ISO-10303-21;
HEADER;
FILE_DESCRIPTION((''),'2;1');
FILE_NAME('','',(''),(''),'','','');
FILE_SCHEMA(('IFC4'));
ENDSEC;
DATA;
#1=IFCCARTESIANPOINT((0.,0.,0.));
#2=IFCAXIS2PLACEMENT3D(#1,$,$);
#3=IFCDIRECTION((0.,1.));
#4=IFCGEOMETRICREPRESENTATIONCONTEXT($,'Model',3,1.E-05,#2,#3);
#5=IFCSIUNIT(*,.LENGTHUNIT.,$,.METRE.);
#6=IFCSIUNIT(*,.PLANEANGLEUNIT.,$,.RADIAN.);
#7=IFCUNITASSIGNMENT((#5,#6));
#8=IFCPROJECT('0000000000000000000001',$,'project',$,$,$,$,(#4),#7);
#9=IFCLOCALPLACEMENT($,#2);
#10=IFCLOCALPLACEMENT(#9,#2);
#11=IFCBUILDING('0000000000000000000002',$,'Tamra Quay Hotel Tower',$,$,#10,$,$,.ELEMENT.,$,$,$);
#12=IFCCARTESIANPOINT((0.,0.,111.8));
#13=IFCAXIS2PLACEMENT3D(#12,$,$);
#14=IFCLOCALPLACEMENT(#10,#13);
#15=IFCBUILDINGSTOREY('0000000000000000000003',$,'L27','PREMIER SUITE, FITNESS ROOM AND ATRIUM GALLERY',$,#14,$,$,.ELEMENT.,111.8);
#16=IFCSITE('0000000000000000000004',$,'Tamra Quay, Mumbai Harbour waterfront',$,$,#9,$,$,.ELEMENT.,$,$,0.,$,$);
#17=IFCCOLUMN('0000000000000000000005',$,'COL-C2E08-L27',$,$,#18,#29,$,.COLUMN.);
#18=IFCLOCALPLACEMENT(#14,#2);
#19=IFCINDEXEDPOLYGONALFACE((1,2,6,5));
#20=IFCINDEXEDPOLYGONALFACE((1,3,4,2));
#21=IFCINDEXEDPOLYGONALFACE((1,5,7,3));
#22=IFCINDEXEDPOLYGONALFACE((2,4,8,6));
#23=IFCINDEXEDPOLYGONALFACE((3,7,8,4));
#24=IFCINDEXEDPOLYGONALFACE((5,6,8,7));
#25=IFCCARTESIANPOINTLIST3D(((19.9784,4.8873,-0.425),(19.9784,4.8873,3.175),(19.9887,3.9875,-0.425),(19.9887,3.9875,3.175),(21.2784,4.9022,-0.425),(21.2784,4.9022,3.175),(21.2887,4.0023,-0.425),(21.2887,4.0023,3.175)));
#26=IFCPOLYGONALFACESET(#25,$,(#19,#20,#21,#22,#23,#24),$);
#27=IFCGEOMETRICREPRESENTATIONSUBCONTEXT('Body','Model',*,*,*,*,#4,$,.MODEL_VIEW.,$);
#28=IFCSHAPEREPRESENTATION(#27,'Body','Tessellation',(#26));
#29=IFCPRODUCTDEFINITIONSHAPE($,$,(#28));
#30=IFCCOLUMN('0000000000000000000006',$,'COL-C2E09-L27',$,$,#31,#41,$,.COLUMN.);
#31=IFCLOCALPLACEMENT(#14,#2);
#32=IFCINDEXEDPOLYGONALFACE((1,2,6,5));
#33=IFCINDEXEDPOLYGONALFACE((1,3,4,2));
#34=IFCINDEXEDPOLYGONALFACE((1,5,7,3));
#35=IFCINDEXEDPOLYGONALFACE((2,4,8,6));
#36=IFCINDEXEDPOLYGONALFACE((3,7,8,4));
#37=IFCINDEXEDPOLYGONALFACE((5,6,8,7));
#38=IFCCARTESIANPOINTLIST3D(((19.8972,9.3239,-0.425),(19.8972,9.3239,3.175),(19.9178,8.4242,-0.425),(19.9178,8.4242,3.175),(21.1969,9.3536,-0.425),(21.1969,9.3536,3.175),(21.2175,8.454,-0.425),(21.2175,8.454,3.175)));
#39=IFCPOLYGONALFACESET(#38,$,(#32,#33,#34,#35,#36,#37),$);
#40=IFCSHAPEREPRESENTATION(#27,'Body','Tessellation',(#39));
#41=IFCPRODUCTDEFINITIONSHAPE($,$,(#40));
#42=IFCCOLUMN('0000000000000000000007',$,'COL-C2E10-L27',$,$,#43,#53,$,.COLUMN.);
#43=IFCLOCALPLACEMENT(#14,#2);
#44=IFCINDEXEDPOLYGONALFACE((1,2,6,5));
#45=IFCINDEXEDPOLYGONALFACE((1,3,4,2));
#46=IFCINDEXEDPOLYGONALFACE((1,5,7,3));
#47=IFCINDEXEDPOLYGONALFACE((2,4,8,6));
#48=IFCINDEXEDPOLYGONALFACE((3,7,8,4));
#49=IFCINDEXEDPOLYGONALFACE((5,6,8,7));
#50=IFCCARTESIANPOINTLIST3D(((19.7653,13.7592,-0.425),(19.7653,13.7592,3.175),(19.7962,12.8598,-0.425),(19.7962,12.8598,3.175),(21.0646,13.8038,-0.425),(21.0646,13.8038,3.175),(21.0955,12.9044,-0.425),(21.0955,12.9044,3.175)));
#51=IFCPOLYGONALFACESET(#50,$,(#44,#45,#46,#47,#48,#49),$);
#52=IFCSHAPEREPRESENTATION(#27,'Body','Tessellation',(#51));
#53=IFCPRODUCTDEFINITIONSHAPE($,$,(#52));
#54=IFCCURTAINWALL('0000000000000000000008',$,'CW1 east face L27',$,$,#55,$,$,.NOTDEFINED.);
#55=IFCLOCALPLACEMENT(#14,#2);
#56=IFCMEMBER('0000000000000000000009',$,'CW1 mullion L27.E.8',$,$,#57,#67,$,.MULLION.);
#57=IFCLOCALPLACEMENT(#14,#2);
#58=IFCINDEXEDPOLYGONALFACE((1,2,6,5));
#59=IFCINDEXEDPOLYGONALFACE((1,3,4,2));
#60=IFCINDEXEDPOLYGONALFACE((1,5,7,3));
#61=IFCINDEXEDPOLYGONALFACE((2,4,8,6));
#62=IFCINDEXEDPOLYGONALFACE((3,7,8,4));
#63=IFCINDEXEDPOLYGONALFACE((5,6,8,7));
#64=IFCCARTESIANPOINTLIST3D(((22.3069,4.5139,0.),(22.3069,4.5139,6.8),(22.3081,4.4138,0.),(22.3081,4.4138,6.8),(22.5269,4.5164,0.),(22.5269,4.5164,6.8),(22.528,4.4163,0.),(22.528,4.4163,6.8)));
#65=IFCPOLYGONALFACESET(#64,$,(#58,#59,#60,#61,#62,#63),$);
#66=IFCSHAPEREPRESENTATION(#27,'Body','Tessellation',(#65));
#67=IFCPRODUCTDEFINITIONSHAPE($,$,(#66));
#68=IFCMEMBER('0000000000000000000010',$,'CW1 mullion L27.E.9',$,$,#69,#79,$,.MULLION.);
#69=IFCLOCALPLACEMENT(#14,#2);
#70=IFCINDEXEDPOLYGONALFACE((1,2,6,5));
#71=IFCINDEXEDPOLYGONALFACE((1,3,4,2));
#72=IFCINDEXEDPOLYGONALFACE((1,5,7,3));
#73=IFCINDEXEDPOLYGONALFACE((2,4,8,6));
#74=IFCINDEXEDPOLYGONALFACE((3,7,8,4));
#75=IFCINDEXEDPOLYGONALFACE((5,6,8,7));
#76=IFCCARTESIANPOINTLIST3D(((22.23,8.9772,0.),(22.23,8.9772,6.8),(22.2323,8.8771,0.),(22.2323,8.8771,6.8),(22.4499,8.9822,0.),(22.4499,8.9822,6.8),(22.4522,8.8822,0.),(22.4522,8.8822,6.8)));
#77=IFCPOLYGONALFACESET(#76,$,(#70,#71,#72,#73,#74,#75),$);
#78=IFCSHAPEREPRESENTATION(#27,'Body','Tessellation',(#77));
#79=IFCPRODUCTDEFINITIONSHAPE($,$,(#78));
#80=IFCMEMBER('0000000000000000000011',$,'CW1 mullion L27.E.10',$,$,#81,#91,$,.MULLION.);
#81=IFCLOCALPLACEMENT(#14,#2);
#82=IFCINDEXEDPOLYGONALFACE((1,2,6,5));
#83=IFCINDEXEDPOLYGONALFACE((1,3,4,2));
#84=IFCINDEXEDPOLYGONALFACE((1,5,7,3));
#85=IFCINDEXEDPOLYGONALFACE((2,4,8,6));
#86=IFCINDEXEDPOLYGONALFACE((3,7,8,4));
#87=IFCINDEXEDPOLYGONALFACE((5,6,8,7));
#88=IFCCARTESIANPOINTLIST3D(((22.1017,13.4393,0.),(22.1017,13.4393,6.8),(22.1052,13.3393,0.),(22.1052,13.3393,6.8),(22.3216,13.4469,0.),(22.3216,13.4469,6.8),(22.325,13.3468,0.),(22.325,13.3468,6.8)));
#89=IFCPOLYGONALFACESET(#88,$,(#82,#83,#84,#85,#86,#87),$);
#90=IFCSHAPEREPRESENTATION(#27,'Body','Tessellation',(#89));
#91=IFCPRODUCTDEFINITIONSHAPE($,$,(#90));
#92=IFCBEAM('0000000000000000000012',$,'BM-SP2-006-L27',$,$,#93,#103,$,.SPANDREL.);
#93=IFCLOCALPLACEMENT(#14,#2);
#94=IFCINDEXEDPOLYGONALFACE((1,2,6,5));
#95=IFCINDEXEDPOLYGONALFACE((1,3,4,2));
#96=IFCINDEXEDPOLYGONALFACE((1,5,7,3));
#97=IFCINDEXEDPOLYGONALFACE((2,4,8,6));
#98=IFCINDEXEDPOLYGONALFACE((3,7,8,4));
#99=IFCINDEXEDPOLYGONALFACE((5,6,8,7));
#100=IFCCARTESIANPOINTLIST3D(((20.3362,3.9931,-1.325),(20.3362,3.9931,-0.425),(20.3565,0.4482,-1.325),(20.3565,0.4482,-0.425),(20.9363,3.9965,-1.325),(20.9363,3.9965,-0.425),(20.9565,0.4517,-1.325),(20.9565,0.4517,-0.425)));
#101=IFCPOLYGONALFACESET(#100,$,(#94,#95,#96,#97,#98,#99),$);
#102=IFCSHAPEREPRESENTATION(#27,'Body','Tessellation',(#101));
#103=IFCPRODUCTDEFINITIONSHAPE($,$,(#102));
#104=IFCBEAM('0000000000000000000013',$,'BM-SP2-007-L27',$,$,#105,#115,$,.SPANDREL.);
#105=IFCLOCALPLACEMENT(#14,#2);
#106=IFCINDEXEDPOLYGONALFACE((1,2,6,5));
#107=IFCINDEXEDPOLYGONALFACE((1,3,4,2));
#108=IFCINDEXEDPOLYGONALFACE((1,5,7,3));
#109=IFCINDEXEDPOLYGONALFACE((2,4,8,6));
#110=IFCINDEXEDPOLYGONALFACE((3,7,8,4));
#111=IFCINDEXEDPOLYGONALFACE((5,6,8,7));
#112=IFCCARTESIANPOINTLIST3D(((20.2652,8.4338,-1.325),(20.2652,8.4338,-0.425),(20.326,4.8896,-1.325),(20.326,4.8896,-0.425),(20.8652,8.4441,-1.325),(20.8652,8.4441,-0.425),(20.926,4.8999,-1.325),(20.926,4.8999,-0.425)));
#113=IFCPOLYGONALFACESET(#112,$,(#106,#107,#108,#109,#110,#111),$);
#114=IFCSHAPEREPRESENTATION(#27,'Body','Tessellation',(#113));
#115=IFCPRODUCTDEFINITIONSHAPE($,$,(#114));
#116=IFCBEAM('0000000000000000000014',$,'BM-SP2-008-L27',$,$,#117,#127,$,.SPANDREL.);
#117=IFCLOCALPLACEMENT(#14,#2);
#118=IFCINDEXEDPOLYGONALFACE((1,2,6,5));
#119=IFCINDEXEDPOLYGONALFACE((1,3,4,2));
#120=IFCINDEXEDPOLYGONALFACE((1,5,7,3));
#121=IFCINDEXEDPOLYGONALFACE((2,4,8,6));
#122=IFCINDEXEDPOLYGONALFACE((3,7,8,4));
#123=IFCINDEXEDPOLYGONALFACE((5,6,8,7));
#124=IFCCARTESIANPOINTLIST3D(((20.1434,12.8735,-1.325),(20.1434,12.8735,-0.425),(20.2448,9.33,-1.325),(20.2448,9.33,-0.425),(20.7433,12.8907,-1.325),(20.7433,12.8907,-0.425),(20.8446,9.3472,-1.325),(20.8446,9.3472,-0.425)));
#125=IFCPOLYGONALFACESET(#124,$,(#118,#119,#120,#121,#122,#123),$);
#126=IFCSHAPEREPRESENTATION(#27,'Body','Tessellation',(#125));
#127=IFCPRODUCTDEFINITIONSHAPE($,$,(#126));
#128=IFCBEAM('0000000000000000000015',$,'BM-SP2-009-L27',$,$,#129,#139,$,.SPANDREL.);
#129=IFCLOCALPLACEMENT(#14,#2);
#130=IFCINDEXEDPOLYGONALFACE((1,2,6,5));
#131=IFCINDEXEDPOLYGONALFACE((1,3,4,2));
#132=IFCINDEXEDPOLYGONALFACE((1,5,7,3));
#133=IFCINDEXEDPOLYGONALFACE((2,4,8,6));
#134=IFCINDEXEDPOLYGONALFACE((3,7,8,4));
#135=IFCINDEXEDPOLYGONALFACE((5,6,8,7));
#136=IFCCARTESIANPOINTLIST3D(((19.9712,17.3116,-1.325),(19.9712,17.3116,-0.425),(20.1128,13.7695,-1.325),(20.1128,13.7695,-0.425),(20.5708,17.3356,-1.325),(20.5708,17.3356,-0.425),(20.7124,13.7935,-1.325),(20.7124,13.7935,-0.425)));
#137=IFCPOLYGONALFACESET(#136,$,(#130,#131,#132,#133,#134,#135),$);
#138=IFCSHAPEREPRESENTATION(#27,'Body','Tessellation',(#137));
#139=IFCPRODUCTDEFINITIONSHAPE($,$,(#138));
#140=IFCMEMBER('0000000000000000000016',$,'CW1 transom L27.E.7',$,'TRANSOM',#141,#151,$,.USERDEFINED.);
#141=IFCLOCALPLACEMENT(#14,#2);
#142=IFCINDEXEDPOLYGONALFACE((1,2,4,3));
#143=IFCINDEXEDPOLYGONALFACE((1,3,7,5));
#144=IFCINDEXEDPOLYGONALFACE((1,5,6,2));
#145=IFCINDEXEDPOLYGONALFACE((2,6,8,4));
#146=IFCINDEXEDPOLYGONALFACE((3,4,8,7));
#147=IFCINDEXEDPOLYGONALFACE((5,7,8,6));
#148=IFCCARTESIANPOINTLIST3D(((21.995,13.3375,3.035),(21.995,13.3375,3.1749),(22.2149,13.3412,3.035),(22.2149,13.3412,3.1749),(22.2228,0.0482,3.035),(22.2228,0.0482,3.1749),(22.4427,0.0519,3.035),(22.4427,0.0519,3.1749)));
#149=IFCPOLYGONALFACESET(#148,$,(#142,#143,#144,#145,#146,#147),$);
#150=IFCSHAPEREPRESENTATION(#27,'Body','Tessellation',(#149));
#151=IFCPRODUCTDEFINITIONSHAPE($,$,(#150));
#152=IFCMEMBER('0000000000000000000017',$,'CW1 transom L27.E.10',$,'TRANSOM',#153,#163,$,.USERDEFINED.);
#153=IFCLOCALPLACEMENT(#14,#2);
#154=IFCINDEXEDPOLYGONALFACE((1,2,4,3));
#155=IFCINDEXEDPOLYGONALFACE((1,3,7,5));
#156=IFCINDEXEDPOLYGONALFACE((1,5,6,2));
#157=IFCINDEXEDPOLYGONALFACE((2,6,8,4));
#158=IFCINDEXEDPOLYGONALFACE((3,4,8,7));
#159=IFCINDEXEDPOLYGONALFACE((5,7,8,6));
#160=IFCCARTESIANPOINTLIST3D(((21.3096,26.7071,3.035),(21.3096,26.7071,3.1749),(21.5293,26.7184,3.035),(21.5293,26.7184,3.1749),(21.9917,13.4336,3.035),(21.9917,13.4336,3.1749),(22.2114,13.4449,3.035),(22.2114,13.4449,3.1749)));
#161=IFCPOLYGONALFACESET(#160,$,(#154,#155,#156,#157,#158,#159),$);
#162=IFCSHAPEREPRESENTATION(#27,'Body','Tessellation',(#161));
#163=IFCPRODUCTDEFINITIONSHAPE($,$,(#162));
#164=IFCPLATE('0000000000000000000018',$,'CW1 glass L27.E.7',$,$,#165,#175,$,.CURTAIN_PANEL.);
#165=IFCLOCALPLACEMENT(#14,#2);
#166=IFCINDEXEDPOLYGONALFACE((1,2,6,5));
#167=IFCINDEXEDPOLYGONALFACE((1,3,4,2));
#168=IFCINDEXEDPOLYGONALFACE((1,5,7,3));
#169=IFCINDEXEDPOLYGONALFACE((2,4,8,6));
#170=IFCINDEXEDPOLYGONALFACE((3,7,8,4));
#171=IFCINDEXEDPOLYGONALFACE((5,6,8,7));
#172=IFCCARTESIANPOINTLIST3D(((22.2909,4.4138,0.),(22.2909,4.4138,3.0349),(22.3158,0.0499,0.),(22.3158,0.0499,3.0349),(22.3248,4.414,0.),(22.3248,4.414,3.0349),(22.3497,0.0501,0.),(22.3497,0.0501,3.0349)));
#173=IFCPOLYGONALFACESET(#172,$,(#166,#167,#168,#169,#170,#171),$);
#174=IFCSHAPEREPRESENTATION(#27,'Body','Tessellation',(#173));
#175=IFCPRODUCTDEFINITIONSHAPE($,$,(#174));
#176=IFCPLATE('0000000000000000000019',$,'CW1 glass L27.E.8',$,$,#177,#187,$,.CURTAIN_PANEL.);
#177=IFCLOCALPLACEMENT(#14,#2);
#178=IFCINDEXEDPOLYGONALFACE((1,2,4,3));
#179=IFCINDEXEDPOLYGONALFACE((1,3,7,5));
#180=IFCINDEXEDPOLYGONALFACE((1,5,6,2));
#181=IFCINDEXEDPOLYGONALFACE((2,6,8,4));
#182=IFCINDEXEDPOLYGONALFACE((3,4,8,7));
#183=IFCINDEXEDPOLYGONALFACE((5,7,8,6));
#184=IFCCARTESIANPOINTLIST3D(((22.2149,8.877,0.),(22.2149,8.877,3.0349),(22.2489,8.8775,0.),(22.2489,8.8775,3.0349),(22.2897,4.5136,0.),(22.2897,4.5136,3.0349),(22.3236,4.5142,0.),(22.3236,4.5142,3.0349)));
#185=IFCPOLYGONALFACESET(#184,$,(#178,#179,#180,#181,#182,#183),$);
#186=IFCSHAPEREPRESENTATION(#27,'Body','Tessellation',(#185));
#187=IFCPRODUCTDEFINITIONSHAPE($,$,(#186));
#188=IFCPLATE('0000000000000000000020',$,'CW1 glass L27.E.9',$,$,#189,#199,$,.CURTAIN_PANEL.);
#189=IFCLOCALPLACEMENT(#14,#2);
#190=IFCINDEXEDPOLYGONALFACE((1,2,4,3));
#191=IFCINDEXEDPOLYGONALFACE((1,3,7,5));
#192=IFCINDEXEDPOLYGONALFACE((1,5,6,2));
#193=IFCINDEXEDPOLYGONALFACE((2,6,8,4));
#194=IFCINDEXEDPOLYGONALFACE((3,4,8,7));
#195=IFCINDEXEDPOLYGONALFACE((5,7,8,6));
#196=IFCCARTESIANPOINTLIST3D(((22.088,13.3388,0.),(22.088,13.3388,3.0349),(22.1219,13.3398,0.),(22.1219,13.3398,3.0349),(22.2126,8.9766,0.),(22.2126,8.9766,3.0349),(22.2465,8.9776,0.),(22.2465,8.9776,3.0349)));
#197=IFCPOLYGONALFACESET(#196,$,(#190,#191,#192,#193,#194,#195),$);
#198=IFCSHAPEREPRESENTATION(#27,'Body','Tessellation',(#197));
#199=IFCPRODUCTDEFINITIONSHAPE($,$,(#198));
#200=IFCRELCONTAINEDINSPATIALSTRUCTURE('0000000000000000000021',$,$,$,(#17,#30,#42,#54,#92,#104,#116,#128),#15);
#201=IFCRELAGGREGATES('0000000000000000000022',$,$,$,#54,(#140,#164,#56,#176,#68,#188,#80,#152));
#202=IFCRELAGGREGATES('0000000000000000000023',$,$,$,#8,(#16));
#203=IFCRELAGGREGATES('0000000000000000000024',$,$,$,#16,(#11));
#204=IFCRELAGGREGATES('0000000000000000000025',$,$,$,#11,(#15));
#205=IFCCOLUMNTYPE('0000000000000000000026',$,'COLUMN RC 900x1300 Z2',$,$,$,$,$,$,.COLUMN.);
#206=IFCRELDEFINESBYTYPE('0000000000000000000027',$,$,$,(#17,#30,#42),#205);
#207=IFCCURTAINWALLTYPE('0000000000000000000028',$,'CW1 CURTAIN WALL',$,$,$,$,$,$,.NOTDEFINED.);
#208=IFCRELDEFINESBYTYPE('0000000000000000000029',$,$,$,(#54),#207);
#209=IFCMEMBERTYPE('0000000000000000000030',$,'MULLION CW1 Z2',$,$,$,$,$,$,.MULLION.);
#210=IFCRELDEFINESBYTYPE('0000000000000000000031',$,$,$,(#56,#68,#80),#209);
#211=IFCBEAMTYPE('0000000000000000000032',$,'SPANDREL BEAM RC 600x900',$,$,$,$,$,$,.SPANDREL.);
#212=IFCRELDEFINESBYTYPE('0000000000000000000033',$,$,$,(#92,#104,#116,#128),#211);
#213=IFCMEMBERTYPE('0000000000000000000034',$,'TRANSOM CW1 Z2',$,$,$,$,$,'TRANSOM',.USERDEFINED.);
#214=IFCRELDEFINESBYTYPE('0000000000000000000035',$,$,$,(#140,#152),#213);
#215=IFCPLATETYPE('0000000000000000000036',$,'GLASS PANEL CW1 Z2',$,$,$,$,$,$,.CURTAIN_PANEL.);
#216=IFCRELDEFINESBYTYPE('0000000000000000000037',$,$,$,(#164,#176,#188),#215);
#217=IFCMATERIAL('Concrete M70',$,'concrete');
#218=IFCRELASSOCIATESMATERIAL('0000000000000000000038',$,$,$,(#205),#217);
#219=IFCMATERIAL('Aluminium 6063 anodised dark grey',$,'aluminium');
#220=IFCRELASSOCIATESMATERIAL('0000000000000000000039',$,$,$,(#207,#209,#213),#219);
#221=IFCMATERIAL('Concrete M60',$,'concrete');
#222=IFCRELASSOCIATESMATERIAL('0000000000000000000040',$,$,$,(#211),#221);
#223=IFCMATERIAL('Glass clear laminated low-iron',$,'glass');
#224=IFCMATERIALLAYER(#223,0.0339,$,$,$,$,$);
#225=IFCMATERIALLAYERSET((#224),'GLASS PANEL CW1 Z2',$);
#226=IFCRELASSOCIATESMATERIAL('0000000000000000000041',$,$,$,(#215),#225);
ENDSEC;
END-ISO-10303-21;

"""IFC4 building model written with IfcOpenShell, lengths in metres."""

from ifc_helpers import new_model, si_unit, direction, frame, origin, origin_2d, place, context, subcontext, project, spatial, rectangle, extrude, material, layer, layer_set, material_profile, profile_set, type_object, element, aggregate, save


model = new_model("IFC4")

# Units and contexts
model_context = context("Model", 3, precision=1e-05, world=origin(), true_north=direction((0.0, 1.0)))
body_context = subcontext(model_context, "Body", "Model", "MODEL_VIEW")
ifc_project = project(units=[si_unit("LENGTHUNIT", "METRE"), si_unit("PLANEANGLEUNIT", "RADIAN")], contexts=[model_context])

# Site, building, storey
site_placement = place(None, origin())
site = spatial("IfcSite", under=ifc_project, at=site_placement, Name="Tamra Quay, Mumbai Harbour waterfront", CompositionType="ELEMENT", RefElevation=0.0)
building_placement = place(site_placement, origin())
building = spatial("IfcBuilding", under=site, at=building_placement, Name="Tamra Quay Hotel Tower", CompositionType="ELEMENT")
storey_placement = place(building_placement, frame((0.0, 0.0, 111.8)))
storey = spatial("IfcBuildingStorey", under=building, at=storey_placement, Name="L27", Description="PREMIER SUITE, FITNESS ROOM AND ATRIUM GALLERY", CompositionType="ELEMENT", Elevation=111.8)

# Columns
ifc_material_1 = material(Name="Concrete M70", Category="concrete")
ifc_material_profile_1 = material_profile(ifc_material_1, rectangle(XDim=1.3, YDim=0.8999, at=origin_2d()), Name="COLUMN RC 900x1300 Z2")
ifc_profile_set_1 = profile_set([ifc_material_profile_1], Name="Concrete M70")
column_type = type_object("IfcColumnType", Name="COLUMN RC 900x1300 Z2", PredefinedType="COLUMN", material=ifc_profile_set_1)
for number, where, z_axis, x_axis, name in (
    (1, (20.6335, 4.4448, -0.425), (0.0, 0.0, 1.0), (0.999935, 0.011439, 0.0), "COL-C2E08-L27"),
    (2, (20.5574, 8.8889, -0.425), (0.0, 0.0, 1.0), (0.999738, 0.022874, 0.0), "COL-C2E09-L27"),
    (3, (20.4304, 13.3318, -0.425), (0.0, 0.0, 1.0), (0.999412, 0.034299, 0.0), "COL-C2E10-L27"),
):
    element("IfcColumn", number, at=place(storey_placement, frame(where, z_axis=z_axis, x_axis=x_axis)), inside=storey, type_object=column_type, Name=name, PredefinedType="COLUMN", context=body_context, shape_type="SweptSolid", body=[
        extrude(rectangle(XDim=1.3, YDim=0.8999, at=origin_2d()), origin(), (0.0, 0.0, 1.0), 3.6001),
    ])

# Curtain wall, members
ifc_material_2 = material(Name="Aluminium 6063 anodised dark grey", Category="aluminium")
curtain_wall_type = type_object("IfcCurtainWallType", Name="CW1 CURTAIN WALL", PredefinedType="NOTDEFINED", material=ifc_material_2)
curtain_wall_placement = place(storey_placement, origin())
curtain_wall = element("IfcCurtainWall", 4, at=curtain_wall_placement, inside=storey, type_object=curtain_wall_type, Name="CW1 east face L27", PredefinedType="NOTDEFINED")
ifc_material_profile_2 = material_profile(ifc_material_2, rectangle(XDim=0.22, YDim=0.1001, at=origin_2d()), Name="MULLION 100X220")
ifc_profile_set_2 = profile_set([ifc_material_profile_2], Name="Aluminium 6063 anodised dark grey")
member_type_1 = type_object("IfcMemberType", Name="MULLION CW1 Z2", PredefinedType="MULLION", material=ifc_profile_set_2)
member_1_placement = place(storey_placement, frame((22.4175, 4.4651, 0.0), z_axis=(0.0, 0.0, 1.0), x_axis=(0.999935, 0.011423, 0.0)))
member_1 = element("IfcMember", 5, at=member_1_placement, type_object=member_type_1, Name="CW1 mullion L27.E.8", PredefinedType="MULLION", context=body_context, shape_type="SweptSolid", body=[
    extrude(rectangle(XDim=0.22, YDim=0.1001, at=origin_2d()), origin(), (0.0, 0.0, 1.0), 6.8),
])
member_2_placement = place(storey_placement, frame((22.3411, 8.9297, 0.0), z_axis=(0.0, 0.0, 1.0), x_axis=(0.999739, 0.02284, 0.0)))
member_2 = element("IfcMember", 6, at=member_2_placement, type_object=member_type_1, Name="CW1 mullion L27.E.9", PredefinedType="MULLION", context=body_context, shape_type="SweptSolid", body=[
    extrude(rectangle(XDim=0.22, YDim=0.1001, at=origin_2d()), origin(), (0.0, 0.0, 1.0), 6.8),
])
member_3_placement = place(storey_placement, frame((22.2134, 13.3931, 0.0), z_axis=(0.0, 0.0, 1.0), x_axis=(0.999413, 0.034246, 0.0)))
member_3 = element("IfcMember", 7, at=member_3_placement, type_object=member_type_1, Name="CW1 mullion L27.E.10", PredefinedType="MULLION", context=body_context, shape_type="SweptSolid", body=[
    extrude(rectangle(XDim=0.22, YDim=0.1001, at=origin_2d()), origin(), (0.0, 0.0, 1.0), 6.8),
])

# Beams
ifc_material_3 = material(Name="Concrete M60", Category="concrete")
ifc_material_profile_3 = material_profile(ifc_material_3, rectangle(XDim=0.6001, YDim=0.8999, at=origin_2d()), Name="SPANDREL BEAM RC 600x900")
ifc_profile_set_3 = profile_set([ifc_material_profile_3], Name="Concrete M60")
beam_type = type_object("IfcBeamType", Name="SPANDREL BEAM RC 600x900", PredefinedType="SPANDREL", material=ifc_profile_set_3)
beam_1_placement = place(storey_placement, frame((20.6565, 0.45, -0.875), z_axis=(-0.005716, 0.999984, 0.0), x_axis=(-0.999984, -0.005716, 0.0)))
element("IfcBeam", 8, at=beam_1_placement, inside=storey, type_object=beam_type, Name="BM-SP2-006-L27", PredefinedType="SPANDREL", context=body_context, shape_type="SweptSolid", body=[
    extrude(rectangle(XDim=0.6001, YDim=0.8999, at=origin_2d()), origin(), (0.0, 0.0, 1.0), 3.5449),
])
beam_2_placement = place(storey_placement, frame((20.626, 4.8948, -0.875), z_axis=(-0.01715, 0.999853, 0.0), x_axis=(-0.999853, -0.01715, 0.0)))
element("IfcBeam", 9, at=beam_2_placement, inside=storey, type_object=beam_type, Name="BM-SP2-007-L27", PredefinedType="SPANDREL", context=body_context, shape_type="SweptSolid", body=[
    extrude(rectangle(XDim=0.6001, YDim=0.8999, at=origin_2d()), origin(), (0.0, 0.0, 1.0), 3.5447),
])
for number, where, z_axis, x_axis, name in (
    (10, (20.5447, 9.3386, -0.875), (-0.028581, 0.999591, 0.0), (-0.999591, -0.028581, 0.0), "BM-SP2-008-L27"),
    (11, (20.4126, 13.7815, -0.875), (-0.039946, 0.999202, 0.0), (-0.999202, -0.039946, 0.0), "BM-SP2-009-L27"),
):
    element("IfcBeam", number, at=place(storey_placement, frame(where, z_axis=z_axis, x_axis=x_axis)), inside=storey, type_object=beam_type, Name=name, PredefinedType="SPANDREL", context=body_context, shape_type="SweptSolid", body=[
        extrude(rectangle(XDim=0.6001, YDim=0.8999, at=origin_2d()), origin(), (0.0, 0.0, 1.0), 3.5449),
    ])

# Members
ifc_material_profile_4 = material_profile(ifc_material_2, rectangle(XDim=0.22, YDim=0.1399, at=origin_2d()), Name="TRANSOM 220X140")
ifc_profile_set_4 = profile_set([ifc_material_profile_4], Name="Aluminium 6063 anodised dark grey")
member_type_2 = type_object("IfcMemberType", Name="TRANSOM CW1 Z2", ElementType="TRANSOM", PredefinedType="USERDEFINED", material=ifc_profile_set_4)
member_4_placement = place(storey_placement, frame((22.3328, 0.05, 3.105), z_axis=(-0.017138, 0.999853, 0.0), x_axis=(-0.999853, -0.017138, 0.0)))
member_4 = element("IfcMember", 12, at=member_4_placement, type_object=member_type_2, Name="CW1 transom L27.E.7", ObjectType="TRANSOM", PredefinedType="USERDEFINED", context=body_context, shape_type="SweptSolid", body=[
    extrude(rectangle(XDim=0.22, YDim=0.1399, at=origin_2d()), origin(), (0.0, 0.0, 1.0), 13.2913),
])
member_5_placement = place(storey_placement, frame((22.1016, 13.4392, 3.105), z_axis=(-0.051323, 0.998682, 0.0), x_axis=(-0.998682, -0.051323, 0.0)))
member_5 = element("IfcMember", 13, at=member_5_placement, type_object=member_type_2, Name="CW1 transom L27.E.10", ObjectType="TRANSOM", PredefinedType="USERDEFINED", context=body_context, shape_type="SweptSolid", body=[
    extrude(rectangle(XDim=0.22, YDim=0.1399, at=origin_2d()), origin(), (0.0, 0.0, 1.0), 13.291),
])

# Plates
ifc_material_4 = material(Name="Glass clear laminated low-iron", Category="glass")
ifc_layer_1 = layer(ifc_material_4, 0.0339)
ifc_layer_set_1 = layer_set([ifc_layer_1], Name="GLASS PANEL CW1 Z2")
plate_type = type_object("IfcPlateType", Name="GLASS PANEL CW1 Z2", PredefinedType="CURTAIN_PANEL", material=ifc_layer_set_1)
plate_1_placement = place(storey_placement, frame((22.3203, 2.2319, 0.0), z_axis=(0.0, 0.0, 1.0), x_axis=(-0.005713, 0.999984, 0.0)))
plate_1 = element("IfcPlate", 14, at=plate_1_placement, type_object=plate_type, Name="CW1 glass L27.E.7", PredefinedType="CURTAIN_PANEL", context=body_context, shape_type="SweptSolid", body=[
    extrude(rectangle(XDim=4.364, YDim=0.0339, at=origin_2d()), origin(), (0.0, 0.0, 1.0), 3.0349),
])
plate_2_placement = place(storey_placement, frame((22.2693, 6.6956, 0.0), z_axis=(0.0, 0.0, 1.0), x_axis=(-0.017134, 0.999853, 0.0)))
plate_2 = element("IfcPlate", 15, at=plate_2_placement, type_object=plate_type, Name="CW1 glass L27.E.8", PredefinedType="CURTAIN_PANEL", context=body_context, shape_type="SweptSolid", body=[
    extrude(rectangle(XDim=4.364, YDim=0.0339, at=origin_2d()), origin(), (0.0, 0.0, 1.0), 3.0349),
])
plate_3_placement = place(storey_placement, frame((22.1672, 11.1582, 0.0), z_axis=(0.0, 0.0, 1.0), x_axis=(-0.028546, 0.999592, 0.0)))
plate_3 = element("IfcPlate", 16, at=plate_3_placement, type_object=plate_type, Name="CW1 glass L27.E.9", PredefinedType="CURTAIN_PANEL", context=body_context, shape_type="SweptSolid", body=[
    extrude(rectangle(XDim=4.364, YDim=0.0339, at=origin_2d()), origin(), (0.0, 0.0, 1.0), 3.0349),
])
aggregate(curtain_wall, [member_4, plate_1, member_1, plate_2, member_2, plate_3, member_3, member_5])

save(model, "model.ifc")
